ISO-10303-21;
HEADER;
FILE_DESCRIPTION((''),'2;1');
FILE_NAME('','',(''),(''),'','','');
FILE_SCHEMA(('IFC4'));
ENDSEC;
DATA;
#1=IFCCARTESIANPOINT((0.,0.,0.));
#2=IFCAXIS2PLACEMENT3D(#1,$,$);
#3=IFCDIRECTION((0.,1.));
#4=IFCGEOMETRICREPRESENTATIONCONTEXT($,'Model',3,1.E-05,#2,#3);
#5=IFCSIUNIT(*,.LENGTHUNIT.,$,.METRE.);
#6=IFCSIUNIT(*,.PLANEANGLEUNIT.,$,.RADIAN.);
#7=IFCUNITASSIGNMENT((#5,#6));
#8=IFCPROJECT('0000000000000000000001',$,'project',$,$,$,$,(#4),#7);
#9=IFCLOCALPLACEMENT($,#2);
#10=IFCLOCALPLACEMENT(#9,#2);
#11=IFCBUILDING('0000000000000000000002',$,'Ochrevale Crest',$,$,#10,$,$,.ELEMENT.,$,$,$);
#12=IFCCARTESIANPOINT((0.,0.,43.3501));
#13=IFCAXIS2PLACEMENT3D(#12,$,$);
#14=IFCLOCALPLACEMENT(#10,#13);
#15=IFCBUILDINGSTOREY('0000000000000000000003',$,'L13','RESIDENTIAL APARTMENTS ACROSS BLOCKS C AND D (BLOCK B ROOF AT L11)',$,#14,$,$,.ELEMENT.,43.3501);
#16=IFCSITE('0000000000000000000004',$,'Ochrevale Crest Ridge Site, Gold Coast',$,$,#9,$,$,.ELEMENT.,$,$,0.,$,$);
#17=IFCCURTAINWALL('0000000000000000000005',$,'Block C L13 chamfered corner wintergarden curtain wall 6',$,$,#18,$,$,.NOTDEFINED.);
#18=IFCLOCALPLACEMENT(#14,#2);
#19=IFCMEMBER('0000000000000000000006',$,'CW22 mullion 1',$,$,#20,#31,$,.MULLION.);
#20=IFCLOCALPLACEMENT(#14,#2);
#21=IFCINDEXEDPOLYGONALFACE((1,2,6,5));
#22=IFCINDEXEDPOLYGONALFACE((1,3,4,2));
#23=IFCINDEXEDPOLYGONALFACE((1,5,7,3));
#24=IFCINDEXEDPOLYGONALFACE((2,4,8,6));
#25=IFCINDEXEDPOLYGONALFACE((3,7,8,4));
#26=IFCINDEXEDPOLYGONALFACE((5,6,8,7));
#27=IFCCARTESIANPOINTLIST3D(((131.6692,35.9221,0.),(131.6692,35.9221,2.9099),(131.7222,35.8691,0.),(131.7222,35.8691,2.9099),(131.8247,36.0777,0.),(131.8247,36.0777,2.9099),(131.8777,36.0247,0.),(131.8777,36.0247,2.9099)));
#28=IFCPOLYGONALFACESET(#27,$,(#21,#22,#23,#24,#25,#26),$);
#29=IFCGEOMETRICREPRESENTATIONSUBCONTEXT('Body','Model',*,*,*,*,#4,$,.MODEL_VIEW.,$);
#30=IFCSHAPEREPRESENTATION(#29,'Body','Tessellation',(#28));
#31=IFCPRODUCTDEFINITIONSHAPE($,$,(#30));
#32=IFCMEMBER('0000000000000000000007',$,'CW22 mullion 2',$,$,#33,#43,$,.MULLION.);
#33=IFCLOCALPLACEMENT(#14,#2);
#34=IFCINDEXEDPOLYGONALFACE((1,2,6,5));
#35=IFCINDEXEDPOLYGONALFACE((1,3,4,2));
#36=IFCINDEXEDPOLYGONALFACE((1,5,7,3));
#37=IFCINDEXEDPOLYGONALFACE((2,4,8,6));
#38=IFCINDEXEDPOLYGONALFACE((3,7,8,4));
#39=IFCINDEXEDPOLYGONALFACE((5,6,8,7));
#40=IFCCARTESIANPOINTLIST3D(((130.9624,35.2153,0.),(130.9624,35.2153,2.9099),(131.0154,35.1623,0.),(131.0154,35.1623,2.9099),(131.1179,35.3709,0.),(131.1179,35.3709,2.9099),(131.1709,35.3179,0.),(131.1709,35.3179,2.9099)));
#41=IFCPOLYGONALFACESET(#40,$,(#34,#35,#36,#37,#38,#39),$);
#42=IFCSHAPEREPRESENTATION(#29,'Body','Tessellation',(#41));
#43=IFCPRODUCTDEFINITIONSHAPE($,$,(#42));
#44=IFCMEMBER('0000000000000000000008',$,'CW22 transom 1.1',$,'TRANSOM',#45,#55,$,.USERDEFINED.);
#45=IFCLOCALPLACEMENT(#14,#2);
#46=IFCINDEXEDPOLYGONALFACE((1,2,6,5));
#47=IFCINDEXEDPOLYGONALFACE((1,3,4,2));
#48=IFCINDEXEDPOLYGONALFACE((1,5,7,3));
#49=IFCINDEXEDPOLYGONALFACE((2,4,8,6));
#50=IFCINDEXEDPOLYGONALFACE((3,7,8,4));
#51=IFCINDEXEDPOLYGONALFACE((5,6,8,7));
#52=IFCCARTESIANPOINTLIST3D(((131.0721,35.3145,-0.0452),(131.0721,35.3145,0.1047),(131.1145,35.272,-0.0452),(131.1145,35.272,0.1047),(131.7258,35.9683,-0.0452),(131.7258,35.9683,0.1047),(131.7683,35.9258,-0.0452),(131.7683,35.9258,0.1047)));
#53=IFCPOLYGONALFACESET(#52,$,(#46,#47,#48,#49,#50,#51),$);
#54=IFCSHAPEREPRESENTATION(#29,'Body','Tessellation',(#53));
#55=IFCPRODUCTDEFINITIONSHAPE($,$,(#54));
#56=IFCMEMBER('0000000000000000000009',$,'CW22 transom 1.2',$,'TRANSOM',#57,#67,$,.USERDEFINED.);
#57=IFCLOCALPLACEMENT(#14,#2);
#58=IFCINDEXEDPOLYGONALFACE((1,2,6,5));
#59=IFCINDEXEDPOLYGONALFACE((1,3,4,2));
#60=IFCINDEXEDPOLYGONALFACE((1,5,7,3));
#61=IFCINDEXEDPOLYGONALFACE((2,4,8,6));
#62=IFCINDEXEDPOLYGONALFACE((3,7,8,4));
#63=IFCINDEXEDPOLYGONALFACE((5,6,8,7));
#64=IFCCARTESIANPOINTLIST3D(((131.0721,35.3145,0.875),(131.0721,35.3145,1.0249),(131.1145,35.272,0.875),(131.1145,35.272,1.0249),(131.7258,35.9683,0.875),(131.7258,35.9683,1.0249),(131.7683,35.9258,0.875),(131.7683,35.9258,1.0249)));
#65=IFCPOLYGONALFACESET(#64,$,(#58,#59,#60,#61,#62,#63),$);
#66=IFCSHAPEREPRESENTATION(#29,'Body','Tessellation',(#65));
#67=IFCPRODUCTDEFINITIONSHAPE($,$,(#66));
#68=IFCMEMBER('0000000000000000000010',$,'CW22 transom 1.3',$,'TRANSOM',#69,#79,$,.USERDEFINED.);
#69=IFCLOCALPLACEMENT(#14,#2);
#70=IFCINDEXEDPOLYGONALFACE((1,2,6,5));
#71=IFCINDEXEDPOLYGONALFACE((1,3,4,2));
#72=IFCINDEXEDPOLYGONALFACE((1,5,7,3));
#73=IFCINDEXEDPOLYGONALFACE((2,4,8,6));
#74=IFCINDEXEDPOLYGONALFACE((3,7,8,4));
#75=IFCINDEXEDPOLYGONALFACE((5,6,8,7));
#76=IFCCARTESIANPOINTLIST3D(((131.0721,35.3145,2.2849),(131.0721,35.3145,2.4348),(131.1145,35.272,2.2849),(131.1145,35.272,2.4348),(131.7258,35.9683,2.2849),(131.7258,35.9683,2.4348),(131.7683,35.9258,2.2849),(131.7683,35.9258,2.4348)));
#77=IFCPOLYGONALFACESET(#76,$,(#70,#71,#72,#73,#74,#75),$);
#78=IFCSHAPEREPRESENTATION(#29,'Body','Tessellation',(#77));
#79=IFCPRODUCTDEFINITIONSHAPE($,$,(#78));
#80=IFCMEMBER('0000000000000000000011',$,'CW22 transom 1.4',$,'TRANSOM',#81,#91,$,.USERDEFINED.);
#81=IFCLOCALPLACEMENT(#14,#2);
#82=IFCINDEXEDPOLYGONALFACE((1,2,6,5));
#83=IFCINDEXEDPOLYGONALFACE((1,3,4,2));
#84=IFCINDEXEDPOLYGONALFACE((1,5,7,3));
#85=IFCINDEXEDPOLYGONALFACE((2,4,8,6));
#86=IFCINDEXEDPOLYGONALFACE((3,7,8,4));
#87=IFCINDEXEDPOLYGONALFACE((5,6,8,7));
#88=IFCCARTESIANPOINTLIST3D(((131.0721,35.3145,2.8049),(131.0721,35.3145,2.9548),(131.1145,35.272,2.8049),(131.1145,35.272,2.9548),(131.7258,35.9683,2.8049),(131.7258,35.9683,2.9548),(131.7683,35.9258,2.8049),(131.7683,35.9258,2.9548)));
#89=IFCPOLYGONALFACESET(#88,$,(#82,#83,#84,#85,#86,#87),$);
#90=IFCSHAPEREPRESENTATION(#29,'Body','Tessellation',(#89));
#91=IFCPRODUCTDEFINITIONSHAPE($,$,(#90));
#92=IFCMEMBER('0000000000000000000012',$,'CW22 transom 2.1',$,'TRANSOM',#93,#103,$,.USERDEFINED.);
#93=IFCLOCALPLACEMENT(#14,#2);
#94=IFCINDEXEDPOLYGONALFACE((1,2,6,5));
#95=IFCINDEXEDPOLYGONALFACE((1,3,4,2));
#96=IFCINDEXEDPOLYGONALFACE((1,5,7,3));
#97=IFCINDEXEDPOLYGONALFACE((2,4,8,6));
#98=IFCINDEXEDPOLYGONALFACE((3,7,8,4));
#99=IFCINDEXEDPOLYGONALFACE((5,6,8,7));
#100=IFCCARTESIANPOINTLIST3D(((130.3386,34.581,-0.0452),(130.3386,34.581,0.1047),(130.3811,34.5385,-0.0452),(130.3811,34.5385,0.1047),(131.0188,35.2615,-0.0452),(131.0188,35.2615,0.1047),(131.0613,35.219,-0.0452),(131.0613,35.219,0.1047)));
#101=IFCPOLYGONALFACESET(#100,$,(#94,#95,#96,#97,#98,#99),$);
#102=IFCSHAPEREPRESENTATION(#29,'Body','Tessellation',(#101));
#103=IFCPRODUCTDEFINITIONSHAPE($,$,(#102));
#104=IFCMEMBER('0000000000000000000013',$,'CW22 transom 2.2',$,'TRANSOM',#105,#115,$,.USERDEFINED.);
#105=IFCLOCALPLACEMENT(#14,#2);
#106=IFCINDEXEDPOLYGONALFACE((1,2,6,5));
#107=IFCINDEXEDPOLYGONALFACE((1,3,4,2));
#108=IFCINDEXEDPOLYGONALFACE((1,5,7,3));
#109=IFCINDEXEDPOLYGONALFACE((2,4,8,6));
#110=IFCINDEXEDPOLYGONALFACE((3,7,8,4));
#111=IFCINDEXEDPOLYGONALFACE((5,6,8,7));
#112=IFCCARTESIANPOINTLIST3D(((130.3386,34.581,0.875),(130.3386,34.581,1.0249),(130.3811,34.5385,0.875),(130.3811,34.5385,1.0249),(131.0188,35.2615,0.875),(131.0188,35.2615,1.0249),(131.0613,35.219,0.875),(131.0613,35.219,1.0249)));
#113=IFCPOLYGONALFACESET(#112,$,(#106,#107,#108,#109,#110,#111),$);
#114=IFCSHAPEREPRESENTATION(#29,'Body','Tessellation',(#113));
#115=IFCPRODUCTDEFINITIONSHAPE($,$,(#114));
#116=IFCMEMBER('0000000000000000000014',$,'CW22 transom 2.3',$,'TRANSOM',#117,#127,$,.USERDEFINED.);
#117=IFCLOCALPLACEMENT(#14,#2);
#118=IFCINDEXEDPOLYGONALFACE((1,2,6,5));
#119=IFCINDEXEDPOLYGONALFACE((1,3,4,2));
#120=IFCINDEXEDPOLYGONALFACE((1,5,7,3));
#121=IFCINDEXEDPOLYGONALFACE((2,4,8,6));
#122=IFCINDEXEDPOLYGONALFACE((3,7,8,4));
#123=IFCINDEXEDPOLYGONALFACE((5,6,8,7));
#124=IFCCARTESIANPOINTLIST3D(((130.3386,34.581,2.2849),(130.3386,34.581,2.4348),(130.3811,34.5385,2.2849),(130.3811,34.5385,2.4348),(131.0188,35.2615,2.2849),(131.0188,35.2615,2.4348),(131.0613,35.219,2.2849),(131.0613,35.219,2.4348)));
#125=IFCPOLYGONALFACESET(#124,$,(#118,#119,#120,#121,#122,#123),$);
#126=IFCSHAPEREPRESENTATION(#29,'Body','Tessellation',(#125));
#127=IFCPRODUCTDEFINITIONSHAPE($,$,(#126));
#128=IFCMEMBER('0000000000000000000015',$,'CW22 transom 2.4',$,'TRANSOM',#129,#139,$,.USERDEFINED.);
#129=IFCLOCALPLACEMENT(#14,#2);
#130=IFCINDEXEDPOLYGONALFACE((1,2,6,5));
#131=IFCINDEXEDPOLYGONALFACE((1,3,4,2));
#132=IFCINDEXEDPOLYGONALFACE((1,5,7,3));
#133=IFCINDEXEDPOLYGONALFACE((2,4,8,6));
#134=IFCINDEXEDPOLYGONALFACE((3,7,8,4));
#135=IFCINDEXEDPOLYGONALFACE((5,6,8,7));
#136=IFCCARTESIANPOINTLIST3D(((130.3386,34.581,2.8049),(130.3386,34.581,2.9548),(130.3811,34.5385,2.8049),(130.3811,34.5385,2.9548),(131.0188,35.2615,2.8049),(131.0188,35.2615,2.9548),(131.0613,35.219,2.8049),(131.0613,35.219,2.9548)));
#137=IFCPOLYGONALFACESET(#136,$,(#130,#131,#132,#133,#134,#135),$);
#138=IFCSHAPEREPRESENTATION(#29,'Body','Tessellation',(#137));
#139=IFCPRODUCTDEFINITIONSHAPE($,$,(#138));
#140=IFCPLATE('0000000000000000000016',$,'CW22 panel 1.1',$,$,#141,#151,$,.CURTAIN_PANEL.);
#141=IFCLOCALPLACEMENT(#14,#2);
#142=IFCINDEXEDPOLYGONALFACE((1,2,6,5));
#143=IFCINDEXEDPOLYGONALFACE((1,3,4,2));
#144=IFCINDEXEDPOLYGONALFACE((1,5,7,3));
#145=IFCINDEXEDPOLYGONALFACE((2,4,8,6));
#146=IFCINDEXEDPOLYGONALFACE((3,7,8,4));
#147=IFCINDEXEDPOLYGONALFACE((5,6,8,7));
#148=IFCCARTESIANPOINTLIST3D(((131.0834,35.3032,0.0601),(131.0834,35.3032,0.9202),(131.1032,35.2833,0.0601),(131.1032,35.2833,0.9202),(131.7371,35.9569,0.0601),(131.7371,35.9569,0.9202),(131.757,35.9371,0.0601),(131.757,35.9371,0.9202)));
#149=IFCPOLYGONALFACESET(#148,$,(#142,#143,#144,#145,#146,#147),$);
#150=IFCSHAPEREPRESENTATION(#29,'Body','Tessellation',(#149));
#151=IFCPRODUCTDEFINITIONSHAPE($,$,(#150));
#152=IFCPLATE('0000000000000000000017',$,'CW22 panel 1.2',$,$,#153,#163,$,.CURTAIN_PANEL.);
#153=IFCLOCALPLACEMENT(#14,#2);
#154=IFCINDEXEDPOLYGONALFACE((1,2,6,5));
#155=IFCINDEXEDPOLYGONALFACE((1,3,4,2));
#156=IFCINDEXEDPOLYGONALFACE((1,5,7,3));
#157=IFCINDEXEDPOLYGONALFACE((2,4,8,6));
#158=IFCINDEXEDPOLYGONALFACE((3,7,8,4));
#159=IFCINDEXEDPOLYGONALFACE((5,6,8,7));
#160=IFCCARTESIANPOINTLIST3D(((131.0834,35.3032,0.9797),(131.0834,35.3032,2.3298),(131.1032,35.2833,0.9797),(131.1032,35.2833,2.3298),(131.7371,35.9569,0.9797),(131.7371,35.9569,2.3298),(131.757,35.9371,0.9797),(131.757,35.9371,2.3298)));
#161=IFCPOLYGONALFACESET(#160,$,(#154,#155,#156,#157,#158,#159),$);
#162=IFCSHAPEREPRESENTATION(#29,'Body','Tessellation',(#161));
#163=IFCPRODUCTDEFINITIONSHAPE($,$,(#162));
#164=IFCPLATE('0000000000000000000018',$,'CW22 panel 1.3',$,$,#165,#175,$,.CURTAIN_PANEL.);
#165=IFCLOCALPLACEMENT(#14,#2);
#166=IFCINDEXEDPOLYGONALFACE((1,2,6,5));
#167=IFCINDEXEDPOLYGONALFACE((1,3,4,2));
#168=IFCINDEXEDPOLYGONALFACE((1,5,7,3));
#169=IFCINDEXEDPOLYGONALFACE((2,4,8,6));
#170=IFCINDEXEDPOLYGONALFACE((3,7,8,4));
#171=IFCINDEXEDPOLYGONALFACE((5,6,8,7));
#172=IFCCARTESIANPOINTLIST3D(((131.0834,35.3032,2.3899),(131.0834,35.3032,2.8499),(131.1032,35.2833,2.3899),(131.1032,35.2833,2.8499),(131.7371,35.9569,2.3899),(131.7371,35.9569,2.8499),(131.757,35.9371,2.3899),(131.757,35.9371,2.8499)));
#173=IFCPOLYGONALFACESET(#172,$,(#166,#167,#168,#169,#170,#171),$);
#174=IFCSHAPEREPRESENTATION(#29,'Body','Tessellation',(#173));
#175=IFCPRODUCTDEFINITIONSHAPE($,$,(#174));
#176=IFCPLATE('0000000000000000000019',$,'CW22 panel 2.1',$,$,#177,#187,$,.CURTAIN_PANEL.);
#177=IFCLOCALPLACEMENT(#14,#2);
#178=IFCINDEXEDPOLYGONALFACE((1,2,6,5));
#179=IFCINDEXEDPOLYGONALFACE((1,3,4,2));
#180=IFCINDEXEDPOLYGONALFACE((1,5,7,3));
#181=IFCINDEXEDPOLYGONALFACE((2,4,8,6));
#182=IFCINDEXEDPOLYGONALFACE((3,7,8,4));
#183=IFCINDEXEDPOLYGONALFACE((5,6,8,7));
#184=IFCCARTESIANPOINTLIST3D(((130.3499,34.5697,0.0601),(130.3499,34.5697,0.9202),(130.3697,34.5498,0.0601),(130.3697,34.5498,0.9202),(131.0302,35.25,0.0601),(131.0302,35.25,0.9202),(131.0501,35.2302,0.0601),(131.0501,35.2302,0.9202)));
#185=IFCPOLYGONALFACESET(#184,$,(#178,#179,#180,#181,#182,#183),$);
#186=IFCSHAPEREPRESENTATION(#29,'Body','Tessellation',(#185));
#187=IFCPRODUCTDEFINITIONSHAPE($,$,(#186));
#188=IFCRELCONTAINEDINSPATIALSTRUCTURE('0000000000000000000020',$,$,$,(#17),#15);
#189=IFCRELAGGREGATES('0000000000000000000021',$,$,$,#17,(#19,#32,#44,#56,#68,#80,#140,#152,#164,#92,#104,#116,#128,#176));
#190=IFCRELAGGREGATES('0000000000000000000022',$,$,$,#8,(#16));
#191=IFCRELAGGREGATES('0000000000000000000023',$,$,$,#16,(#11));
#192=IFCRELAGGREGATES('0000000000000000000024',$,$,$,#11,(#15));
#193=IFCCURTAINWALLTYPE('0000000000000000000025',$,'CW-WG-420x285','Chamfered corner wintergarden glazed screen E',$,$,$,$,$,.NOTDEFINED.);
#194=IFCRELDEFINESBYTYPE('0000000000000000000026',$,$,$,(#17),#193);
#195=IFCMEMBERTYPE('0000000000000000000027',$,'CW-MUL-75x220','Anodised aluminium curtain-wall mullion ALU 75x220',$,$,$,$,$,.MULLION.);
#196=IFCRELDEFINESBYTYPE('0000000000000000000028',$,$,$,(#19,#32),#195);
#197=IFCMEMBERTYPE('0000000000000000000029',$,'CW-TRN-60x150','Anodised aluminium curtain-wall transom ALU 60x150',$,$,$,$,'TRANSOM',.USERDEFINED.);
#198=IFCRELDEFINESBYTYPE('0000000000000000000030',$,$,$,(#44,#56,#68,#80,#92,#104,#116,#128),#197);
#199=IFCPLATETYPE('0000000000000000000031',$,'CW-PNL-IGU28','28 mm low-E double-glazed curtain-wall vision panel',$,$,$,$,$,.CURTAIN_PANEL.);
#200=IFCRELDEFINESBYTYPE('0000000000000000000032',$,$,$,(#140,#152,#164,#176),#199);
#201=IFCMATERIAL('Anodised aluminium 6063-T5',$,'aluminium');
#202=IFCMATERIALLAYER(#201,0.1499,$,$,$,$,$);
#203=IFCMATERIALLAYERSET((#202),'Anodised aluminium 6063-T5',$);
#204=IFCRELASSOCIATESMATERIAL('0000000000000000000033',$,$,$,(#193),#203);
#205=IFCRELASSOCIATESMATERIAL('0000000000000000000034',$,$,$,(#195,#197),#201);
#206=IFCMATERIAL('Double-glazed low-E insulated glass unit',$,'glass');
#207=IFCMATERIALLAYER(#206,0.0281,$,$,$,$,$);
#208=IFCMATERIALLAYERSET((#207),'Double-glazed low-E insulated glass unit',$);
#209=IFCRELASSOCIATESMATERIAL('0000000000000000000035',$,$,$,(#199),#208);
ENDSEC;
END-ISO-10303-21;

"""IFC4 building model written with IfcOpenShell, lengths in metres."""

from ifc_helpers import new_model, si_unit, direction, frame, origin, origin_2d, place, context, subcontext, project, spatial, rectangle, extrude, material, layer, layer_set, material_profile, profile_set, type_object, element, aggregate, save


model = new_model("IFC4")

# Units and contexts
model_context = context("Model", 3, precision=1e-05, world=origin(), true_north=direction((0.0, 1.0)))
body_context = subcontext(model_context, "Body", "Model", "MODEL_VIEW")
ifc_project = project(units=[si_unit("LENGTHUNIT", "METRE"), si_unit("PLANEANGLEUNIT", "RADIAN")], contexts=[model_context])

# Site, building, storey
site_placement = place(None, origin())
site = spatial("IfcSite", under=ifc_project, at=site_placement, Name="Ochrevale Crest Ridge Site, Gold Coast", CompositionType="ELEMENT", RefElevation=0.0)
building_placement = place(site_placement, origin())
building = spatial("IfcBuilding", under=site, at=building_placement, Name="Ochrevale Crest", CompositionType="ELEMENT")
storey_placement = place(building_placement, frame((0.0, 0.0, 43.3501)))
storey = spatial("IfcBuildingStorey", under=building, at=storey_placement, Name="L13", Description="RESIDENTIAL APARTMENTS ACROSS BLOCKS C AND D (BLOCK B ROOF AT L11)", CompositionType="ELEMENT", Elevation=43.3501)

# Curtain wall, members, plates
ifc_material_1 = material(Name="Anodised aluminium 6063-T5", Category="aluminium")
ifc_layer_1 = layer(ifc_material_1, 0.1499)
ifc_layer_set_1 = layer_set([ifc_layer_1], Name="Anodised aluminium 6063-T5")
curtain_wall_type_1 = type_object("IfcCurtainWallType", Name="CW-WG-420x285", Description="Chamfered corner wintergarden glazed screen E", PredefinedType="NOTDEFINED", material=ifc_layer_set_1)
curtain_wall_1_placement = place(storey_placement, origin())
curtain_wall_1 = element("IfcCurtainWall", 1, at=curtain_wall_1_placement, inside=storey, type_object=curtain_wall_type_1, Name="Block C L13 chamfered corner wintergarden curtain wall 6", PredefinedType="NOTDEFINED")
ifc_material_profile_1 = material_profile(ifc_material_1, rectangle(XDim=0.075, YDim=0.22, at=origin_2d()), Name="ALU 75x220")
ifc_profile_set_1 = profile_set([ifc_material_profile_1], Name="Anodised aluminium 6063-T5")
member_type_1 = type_object("IfcMemberType", Name="CW-MUL-75x220", Description="Anodised aluminium curtain-wall mullion ALU 75x220", PredefinedType="MULLION", material=ifc_profile_set_1)
member_1_placement = place(storey_placement, frame((131.7734, 35.9734, 0.0), z_axis=(0.0, 0.0, 1.0), x_axis=(0.707107, -0.707107, 0.0)))
member_1 = element("IfcMember", 2, at=member_1_placement, type_object=member_type_1, Name="CW22 mullion 1", PredefinedType="MULLION", context=body_context, shape_type="SweptSolid", body=[
    extrude(rectangle(XDim=0.075, YDim=0.22, at=origin_2d()), origin(), (0.0, 0.0, 1.0), 2.9099),
])
member_2_placement = place(storey_placement, frame((131.0667, 35.2666, 0.0), z_axis=(0.0, 0.0, 1.0), x_axis=(0.707107, -0.707107, 0.0)))
member_2 = element("IfcMember", 3, at=member_2_placement, type_object=member_type_1, Name="CW22 mullion 2", PredefinedType="MULLION", context=body_context, shape_type="SweptSolid", body=[
    extrude(rectangle(XDim=0.075, YDim=0.22, at=origin_2d()), origin(), (0.0, 0.0, 1.0), 2.9099),
])
ifc_material_profile_2 = material_profile(ifc_material_1, rectangle(XDim=0.0601, YDim=0.1499, at=origin_2d()), Name="ALU 60x150")
ifc_profile_set_2 = profile_set([ifc_material_profile_2], Name="Anodised aluminium 6063-T5")
member_type_2 = type_object("IfcMemberType", Name="CW-TRN-60x150", Description="Anodised aluminium curtain-wall transom ALU 60x150", ElementType="TRANSOM", PredefinedType="USERDEFINED", material=ifc_profile_set_2)
member_3_placement = place(storey_placement, frame((131.7471, 35.947, 0.0298), z_axis=(-0.707107, -0.707107, 0.0), x_axis=(0.707107, -0.707107, 0.0)))
member_3 = element("IfcMember", 4, at=member_3_placement, type_object=member_type_2, Name="CW22 transom 1.1", ObjectType="TRANSOM", PredefinedType="USERDEFINED", context=body_context, shape_type="SweptSolid", body=[
    extrude(rectangle(XDim=0.0601, YDim=0.1499, at=origin_2d()), origin(), (0.0, 0.0, 1.0), 0.9246),
])
member_4_placement = place(storey_placement, frame((131.7471, 35.947, 0.95), z_axis=(-0.707107, -0.707107, 0.0), x_axis=(0.707107, -0.707107, 0.0)))
member_4 = element("IfcMember", 5, at=member_4_placement, type_object=member_type_2, Name="CW22 transom 1.2", ObjectType="TRANSOM", PredefinedType="USERDEFINED", context=body_context, shape_type="SweptSolid", body=[
    extrude(rectangle(XDim=0.0601, YDim=0.1499, at=origin_2d()), origin(), (0.0, 0.0, 1.0), 0.9246),
])
member_5_placement = place(storey_placement, frame((131.7471, 35.947, 2.3599), z_axis=(-0.707107, -0.707107, 0.0), x_axis=(0.707107, -0.707107, 0.0)))
member_5 = element("IfcMember", 6, at=member_5_placement, type_object=member_type_2, Name="CW22 transom 1.3", ObjectType="TRANSOM", PredefinedType="USERDEFINED", context=body_context, shape_type="SweptSolid", body=[
    extrude(rectangle(XDim=0.0601, YDim=0.1499, at=origin_2d()), origin(), (0.0, 0.0, 1.0), 0.9246),
])
member_6_placement = place(storey_placement, frame((131.7471, 35.947, 2.8799), z_axis=(-0.707107, -0.707107, 0.0), x_axis=(0.707107, -0.707107, 0.0)))
member_6 = element("IfcMember", 7, at=member_6_placement, type_object=member_type_2, Name="CW22 transom 1.4", ObjectType="TRANSOM", PredefinedType="USERDEFINED", context=body_context, shape_type="SweptSolid", body=[
    extrude(rectangle(XDim=0.0601, YDim=0.1499, at=origin_2d()), origin(), (0.0, 0.0, 1.0), 0.9246),
])
member_7_placement = place(storey_placement, frame((131.04, 35.2402, 0.0298), z_axis=(-0.70698, -0.707234, 0.0), x_axis=(0.707234, -0.70698, 0.0)))
member_7 = element("IfcMember", 8, at=member_7_placement, type_object=member_type_2, Name="CW22 transom 2.1", ObjectType="TRANSOM", PredefinedType="USERDEFINED", context=body_context, shape_type="SweptSolid", body=[
    extrude(rectangle(XDim=0.0601, YDim=0.1499, at=origin_2d()), origin(), (0.0, 0.0, 1.0), 0.9622),
])
member_8_placement = place(storey_placement, frame((131.04, 35.2402, 0.95), z_axis=(-0.70698, -0.707234, 0.0), x_axis=(0.707234, -0.70698, 0.0)))
member_8 = element("IfcMember", 9, at=member_8_placement, type_object=member_type_2, Name="CW22 transom 2.2", ObjectType="TRANSOM", PredefinedType="USERDEFINED", context=body_context, shape_type="SweptSolid", body=[
    extrude(rectangle(XDim=0.0601, YDim=0.1499, at=origin_2d()), origin(), (0.0, 0.0, 1.0), 0.9622),
])
member_9_placement = place(storey_placement, frame((131.04, 35.2402, 2.3599), z_axis=(-0.70698, -0.707234, 0.0), x_axis=(0.707234, -0.70698, 0.0)))
member_9 = element("IfcMember", 10, at=member_9_placement, type_object=member_type_2, Name="CW22 transom 2.3", ObjectType="TRANSOM", PredefinedType="USERDEFINED", context=body_context, shape_type="SweptSolid", body=[
    extrude(rectangle(XDim=0.0601, YDim=0.1499, at=origin_2d()), origin(), (0.0, 0.0, 1.0), 0.9622),
])
member_10_placement = place(storey_placement, frame((131.04, 35.2402, 2.8799), z_axis=(-0.70698, -0.707234, 0.0), x_axis=(0.707234, -0.70698, 0.0)))
member_10 = element("IfcMember", 11, at=member_10_placement, type_object=member_type_2, Name="CW22 transom 2.4", ObjectType="TRANSOM", PredefinedType="USERDEFINED", context=body_context, shape_type="SweptSolid", body=[
    extrude(rectangle(XDim=0.0601, YDim=0.1499, at=origin_2d()), origin(), (0.0, 0.0, 1.0), 0.9622),
])
ifc_material_2 = material(Name="Double-glazed low-E insulated glass unit", Category="glass")
ifc_layer_2 = layer(ifc_material_2, 0.0281)
ifc_layer_set_2 = layer_set([ifc_layer_2], Name="Double-glazed low-E insulated glass unit")
plate_type_1 = type_object("IfcPlateType", Name="CW-PNL-IGU28", Description="28 mm low-E double-glazed curtain-wall vision panel", PredefinedType="CURTAIN_PANEL", material=ifc_layer_set_2)
plate_1_placement = place(storey_placement, frame((131.4202, 35.6201, 0.0601), z_axis=(0.0, 0.0, 1.0), x_axis=(-0.707107, -0.707107, 0.0)))
plate_1 = element("IfcPlate", 12, at=plate_1_placement, type_object=plate_type_1, Name="CW22 panel 1.1", PredefinedType="CURTAIN_PANEL", context=body_context, shape_type="SweptSolid", body=[
    extrude(rectangle(XDim=0.9246, YDim=0.0281, at=origin_2d()), origin(), (0.0, 0.0, 1.0), 0.8601),
])
plate_2_placement = place(storey_placement, frame((131.4202, 35.6201, 0.9797), z_axis=(0.0, 0.0, 1.0), x_axis=(-0.707107, -0.707107, 0.0)))
plate_2 = element("IfcPlate", 13, at=plate_2_placement, type_object=plate_type_1, Name="CW22 panel 1.2", PredefinedType="CURTAIN_PANEL", context=body_context, shape_type="SweptSolid", body=[
    extrude(rectangle(XDim=0.9246, YDim=0.0281, at=origin_2d()), origin(), (0.0, 0.0, 1.0), 1.3501),
])
plate_3_placement = place(storey_placement, frame((131.4202, 35.6201, 2.3899), z_axis=(0.0, 0.0, 1.0), x_axis=(-0.707107, -0.707107, 0.0)))
plate_3 = element("IfcPlate", 14, at=plate_3_placement, type_object=plate_type_1, Name="CW22 panel 1.3", PredefinedType="CURTAIN_PANEL", context=body_context, shape_type="SweptSolid", body=[
    extrude(rectangle(XDim=0.9246, YDim=0.0281, at=origin_2d()), origin(), (0.0, 0.0, 1.0), 0.46),
])
plate_4_placement = place(storey_placement, frame((130.7, 34.8999, 0.0601), z_axis=(0.0, 0.0, 1.0), x_axis=(-0.707107, -0.707107, 0.0)))
plate_4 = element("IfcPlate", 15, at=plate_4_placement, type_object=plate_type_1, Name="CW22 panel 2.1", PredefinedType="CURTAIN_PANEL", context=body_context, shape_type="SweptSolid", body=[
    extrude(rectangle(XDim=0.9622, YDim=0.0281, at=origin_2d()), origin(), (0.0, 0.0, 1.0), 0.8601),
])
aggregate(curtain_wall_1, [member_1, member_2, member_3, member_4, member_5, member_6, plate_1, plate_2, plate_3, member_7, member_8, member_9, member_10, plate_4])

save(model, "model.ifc")
